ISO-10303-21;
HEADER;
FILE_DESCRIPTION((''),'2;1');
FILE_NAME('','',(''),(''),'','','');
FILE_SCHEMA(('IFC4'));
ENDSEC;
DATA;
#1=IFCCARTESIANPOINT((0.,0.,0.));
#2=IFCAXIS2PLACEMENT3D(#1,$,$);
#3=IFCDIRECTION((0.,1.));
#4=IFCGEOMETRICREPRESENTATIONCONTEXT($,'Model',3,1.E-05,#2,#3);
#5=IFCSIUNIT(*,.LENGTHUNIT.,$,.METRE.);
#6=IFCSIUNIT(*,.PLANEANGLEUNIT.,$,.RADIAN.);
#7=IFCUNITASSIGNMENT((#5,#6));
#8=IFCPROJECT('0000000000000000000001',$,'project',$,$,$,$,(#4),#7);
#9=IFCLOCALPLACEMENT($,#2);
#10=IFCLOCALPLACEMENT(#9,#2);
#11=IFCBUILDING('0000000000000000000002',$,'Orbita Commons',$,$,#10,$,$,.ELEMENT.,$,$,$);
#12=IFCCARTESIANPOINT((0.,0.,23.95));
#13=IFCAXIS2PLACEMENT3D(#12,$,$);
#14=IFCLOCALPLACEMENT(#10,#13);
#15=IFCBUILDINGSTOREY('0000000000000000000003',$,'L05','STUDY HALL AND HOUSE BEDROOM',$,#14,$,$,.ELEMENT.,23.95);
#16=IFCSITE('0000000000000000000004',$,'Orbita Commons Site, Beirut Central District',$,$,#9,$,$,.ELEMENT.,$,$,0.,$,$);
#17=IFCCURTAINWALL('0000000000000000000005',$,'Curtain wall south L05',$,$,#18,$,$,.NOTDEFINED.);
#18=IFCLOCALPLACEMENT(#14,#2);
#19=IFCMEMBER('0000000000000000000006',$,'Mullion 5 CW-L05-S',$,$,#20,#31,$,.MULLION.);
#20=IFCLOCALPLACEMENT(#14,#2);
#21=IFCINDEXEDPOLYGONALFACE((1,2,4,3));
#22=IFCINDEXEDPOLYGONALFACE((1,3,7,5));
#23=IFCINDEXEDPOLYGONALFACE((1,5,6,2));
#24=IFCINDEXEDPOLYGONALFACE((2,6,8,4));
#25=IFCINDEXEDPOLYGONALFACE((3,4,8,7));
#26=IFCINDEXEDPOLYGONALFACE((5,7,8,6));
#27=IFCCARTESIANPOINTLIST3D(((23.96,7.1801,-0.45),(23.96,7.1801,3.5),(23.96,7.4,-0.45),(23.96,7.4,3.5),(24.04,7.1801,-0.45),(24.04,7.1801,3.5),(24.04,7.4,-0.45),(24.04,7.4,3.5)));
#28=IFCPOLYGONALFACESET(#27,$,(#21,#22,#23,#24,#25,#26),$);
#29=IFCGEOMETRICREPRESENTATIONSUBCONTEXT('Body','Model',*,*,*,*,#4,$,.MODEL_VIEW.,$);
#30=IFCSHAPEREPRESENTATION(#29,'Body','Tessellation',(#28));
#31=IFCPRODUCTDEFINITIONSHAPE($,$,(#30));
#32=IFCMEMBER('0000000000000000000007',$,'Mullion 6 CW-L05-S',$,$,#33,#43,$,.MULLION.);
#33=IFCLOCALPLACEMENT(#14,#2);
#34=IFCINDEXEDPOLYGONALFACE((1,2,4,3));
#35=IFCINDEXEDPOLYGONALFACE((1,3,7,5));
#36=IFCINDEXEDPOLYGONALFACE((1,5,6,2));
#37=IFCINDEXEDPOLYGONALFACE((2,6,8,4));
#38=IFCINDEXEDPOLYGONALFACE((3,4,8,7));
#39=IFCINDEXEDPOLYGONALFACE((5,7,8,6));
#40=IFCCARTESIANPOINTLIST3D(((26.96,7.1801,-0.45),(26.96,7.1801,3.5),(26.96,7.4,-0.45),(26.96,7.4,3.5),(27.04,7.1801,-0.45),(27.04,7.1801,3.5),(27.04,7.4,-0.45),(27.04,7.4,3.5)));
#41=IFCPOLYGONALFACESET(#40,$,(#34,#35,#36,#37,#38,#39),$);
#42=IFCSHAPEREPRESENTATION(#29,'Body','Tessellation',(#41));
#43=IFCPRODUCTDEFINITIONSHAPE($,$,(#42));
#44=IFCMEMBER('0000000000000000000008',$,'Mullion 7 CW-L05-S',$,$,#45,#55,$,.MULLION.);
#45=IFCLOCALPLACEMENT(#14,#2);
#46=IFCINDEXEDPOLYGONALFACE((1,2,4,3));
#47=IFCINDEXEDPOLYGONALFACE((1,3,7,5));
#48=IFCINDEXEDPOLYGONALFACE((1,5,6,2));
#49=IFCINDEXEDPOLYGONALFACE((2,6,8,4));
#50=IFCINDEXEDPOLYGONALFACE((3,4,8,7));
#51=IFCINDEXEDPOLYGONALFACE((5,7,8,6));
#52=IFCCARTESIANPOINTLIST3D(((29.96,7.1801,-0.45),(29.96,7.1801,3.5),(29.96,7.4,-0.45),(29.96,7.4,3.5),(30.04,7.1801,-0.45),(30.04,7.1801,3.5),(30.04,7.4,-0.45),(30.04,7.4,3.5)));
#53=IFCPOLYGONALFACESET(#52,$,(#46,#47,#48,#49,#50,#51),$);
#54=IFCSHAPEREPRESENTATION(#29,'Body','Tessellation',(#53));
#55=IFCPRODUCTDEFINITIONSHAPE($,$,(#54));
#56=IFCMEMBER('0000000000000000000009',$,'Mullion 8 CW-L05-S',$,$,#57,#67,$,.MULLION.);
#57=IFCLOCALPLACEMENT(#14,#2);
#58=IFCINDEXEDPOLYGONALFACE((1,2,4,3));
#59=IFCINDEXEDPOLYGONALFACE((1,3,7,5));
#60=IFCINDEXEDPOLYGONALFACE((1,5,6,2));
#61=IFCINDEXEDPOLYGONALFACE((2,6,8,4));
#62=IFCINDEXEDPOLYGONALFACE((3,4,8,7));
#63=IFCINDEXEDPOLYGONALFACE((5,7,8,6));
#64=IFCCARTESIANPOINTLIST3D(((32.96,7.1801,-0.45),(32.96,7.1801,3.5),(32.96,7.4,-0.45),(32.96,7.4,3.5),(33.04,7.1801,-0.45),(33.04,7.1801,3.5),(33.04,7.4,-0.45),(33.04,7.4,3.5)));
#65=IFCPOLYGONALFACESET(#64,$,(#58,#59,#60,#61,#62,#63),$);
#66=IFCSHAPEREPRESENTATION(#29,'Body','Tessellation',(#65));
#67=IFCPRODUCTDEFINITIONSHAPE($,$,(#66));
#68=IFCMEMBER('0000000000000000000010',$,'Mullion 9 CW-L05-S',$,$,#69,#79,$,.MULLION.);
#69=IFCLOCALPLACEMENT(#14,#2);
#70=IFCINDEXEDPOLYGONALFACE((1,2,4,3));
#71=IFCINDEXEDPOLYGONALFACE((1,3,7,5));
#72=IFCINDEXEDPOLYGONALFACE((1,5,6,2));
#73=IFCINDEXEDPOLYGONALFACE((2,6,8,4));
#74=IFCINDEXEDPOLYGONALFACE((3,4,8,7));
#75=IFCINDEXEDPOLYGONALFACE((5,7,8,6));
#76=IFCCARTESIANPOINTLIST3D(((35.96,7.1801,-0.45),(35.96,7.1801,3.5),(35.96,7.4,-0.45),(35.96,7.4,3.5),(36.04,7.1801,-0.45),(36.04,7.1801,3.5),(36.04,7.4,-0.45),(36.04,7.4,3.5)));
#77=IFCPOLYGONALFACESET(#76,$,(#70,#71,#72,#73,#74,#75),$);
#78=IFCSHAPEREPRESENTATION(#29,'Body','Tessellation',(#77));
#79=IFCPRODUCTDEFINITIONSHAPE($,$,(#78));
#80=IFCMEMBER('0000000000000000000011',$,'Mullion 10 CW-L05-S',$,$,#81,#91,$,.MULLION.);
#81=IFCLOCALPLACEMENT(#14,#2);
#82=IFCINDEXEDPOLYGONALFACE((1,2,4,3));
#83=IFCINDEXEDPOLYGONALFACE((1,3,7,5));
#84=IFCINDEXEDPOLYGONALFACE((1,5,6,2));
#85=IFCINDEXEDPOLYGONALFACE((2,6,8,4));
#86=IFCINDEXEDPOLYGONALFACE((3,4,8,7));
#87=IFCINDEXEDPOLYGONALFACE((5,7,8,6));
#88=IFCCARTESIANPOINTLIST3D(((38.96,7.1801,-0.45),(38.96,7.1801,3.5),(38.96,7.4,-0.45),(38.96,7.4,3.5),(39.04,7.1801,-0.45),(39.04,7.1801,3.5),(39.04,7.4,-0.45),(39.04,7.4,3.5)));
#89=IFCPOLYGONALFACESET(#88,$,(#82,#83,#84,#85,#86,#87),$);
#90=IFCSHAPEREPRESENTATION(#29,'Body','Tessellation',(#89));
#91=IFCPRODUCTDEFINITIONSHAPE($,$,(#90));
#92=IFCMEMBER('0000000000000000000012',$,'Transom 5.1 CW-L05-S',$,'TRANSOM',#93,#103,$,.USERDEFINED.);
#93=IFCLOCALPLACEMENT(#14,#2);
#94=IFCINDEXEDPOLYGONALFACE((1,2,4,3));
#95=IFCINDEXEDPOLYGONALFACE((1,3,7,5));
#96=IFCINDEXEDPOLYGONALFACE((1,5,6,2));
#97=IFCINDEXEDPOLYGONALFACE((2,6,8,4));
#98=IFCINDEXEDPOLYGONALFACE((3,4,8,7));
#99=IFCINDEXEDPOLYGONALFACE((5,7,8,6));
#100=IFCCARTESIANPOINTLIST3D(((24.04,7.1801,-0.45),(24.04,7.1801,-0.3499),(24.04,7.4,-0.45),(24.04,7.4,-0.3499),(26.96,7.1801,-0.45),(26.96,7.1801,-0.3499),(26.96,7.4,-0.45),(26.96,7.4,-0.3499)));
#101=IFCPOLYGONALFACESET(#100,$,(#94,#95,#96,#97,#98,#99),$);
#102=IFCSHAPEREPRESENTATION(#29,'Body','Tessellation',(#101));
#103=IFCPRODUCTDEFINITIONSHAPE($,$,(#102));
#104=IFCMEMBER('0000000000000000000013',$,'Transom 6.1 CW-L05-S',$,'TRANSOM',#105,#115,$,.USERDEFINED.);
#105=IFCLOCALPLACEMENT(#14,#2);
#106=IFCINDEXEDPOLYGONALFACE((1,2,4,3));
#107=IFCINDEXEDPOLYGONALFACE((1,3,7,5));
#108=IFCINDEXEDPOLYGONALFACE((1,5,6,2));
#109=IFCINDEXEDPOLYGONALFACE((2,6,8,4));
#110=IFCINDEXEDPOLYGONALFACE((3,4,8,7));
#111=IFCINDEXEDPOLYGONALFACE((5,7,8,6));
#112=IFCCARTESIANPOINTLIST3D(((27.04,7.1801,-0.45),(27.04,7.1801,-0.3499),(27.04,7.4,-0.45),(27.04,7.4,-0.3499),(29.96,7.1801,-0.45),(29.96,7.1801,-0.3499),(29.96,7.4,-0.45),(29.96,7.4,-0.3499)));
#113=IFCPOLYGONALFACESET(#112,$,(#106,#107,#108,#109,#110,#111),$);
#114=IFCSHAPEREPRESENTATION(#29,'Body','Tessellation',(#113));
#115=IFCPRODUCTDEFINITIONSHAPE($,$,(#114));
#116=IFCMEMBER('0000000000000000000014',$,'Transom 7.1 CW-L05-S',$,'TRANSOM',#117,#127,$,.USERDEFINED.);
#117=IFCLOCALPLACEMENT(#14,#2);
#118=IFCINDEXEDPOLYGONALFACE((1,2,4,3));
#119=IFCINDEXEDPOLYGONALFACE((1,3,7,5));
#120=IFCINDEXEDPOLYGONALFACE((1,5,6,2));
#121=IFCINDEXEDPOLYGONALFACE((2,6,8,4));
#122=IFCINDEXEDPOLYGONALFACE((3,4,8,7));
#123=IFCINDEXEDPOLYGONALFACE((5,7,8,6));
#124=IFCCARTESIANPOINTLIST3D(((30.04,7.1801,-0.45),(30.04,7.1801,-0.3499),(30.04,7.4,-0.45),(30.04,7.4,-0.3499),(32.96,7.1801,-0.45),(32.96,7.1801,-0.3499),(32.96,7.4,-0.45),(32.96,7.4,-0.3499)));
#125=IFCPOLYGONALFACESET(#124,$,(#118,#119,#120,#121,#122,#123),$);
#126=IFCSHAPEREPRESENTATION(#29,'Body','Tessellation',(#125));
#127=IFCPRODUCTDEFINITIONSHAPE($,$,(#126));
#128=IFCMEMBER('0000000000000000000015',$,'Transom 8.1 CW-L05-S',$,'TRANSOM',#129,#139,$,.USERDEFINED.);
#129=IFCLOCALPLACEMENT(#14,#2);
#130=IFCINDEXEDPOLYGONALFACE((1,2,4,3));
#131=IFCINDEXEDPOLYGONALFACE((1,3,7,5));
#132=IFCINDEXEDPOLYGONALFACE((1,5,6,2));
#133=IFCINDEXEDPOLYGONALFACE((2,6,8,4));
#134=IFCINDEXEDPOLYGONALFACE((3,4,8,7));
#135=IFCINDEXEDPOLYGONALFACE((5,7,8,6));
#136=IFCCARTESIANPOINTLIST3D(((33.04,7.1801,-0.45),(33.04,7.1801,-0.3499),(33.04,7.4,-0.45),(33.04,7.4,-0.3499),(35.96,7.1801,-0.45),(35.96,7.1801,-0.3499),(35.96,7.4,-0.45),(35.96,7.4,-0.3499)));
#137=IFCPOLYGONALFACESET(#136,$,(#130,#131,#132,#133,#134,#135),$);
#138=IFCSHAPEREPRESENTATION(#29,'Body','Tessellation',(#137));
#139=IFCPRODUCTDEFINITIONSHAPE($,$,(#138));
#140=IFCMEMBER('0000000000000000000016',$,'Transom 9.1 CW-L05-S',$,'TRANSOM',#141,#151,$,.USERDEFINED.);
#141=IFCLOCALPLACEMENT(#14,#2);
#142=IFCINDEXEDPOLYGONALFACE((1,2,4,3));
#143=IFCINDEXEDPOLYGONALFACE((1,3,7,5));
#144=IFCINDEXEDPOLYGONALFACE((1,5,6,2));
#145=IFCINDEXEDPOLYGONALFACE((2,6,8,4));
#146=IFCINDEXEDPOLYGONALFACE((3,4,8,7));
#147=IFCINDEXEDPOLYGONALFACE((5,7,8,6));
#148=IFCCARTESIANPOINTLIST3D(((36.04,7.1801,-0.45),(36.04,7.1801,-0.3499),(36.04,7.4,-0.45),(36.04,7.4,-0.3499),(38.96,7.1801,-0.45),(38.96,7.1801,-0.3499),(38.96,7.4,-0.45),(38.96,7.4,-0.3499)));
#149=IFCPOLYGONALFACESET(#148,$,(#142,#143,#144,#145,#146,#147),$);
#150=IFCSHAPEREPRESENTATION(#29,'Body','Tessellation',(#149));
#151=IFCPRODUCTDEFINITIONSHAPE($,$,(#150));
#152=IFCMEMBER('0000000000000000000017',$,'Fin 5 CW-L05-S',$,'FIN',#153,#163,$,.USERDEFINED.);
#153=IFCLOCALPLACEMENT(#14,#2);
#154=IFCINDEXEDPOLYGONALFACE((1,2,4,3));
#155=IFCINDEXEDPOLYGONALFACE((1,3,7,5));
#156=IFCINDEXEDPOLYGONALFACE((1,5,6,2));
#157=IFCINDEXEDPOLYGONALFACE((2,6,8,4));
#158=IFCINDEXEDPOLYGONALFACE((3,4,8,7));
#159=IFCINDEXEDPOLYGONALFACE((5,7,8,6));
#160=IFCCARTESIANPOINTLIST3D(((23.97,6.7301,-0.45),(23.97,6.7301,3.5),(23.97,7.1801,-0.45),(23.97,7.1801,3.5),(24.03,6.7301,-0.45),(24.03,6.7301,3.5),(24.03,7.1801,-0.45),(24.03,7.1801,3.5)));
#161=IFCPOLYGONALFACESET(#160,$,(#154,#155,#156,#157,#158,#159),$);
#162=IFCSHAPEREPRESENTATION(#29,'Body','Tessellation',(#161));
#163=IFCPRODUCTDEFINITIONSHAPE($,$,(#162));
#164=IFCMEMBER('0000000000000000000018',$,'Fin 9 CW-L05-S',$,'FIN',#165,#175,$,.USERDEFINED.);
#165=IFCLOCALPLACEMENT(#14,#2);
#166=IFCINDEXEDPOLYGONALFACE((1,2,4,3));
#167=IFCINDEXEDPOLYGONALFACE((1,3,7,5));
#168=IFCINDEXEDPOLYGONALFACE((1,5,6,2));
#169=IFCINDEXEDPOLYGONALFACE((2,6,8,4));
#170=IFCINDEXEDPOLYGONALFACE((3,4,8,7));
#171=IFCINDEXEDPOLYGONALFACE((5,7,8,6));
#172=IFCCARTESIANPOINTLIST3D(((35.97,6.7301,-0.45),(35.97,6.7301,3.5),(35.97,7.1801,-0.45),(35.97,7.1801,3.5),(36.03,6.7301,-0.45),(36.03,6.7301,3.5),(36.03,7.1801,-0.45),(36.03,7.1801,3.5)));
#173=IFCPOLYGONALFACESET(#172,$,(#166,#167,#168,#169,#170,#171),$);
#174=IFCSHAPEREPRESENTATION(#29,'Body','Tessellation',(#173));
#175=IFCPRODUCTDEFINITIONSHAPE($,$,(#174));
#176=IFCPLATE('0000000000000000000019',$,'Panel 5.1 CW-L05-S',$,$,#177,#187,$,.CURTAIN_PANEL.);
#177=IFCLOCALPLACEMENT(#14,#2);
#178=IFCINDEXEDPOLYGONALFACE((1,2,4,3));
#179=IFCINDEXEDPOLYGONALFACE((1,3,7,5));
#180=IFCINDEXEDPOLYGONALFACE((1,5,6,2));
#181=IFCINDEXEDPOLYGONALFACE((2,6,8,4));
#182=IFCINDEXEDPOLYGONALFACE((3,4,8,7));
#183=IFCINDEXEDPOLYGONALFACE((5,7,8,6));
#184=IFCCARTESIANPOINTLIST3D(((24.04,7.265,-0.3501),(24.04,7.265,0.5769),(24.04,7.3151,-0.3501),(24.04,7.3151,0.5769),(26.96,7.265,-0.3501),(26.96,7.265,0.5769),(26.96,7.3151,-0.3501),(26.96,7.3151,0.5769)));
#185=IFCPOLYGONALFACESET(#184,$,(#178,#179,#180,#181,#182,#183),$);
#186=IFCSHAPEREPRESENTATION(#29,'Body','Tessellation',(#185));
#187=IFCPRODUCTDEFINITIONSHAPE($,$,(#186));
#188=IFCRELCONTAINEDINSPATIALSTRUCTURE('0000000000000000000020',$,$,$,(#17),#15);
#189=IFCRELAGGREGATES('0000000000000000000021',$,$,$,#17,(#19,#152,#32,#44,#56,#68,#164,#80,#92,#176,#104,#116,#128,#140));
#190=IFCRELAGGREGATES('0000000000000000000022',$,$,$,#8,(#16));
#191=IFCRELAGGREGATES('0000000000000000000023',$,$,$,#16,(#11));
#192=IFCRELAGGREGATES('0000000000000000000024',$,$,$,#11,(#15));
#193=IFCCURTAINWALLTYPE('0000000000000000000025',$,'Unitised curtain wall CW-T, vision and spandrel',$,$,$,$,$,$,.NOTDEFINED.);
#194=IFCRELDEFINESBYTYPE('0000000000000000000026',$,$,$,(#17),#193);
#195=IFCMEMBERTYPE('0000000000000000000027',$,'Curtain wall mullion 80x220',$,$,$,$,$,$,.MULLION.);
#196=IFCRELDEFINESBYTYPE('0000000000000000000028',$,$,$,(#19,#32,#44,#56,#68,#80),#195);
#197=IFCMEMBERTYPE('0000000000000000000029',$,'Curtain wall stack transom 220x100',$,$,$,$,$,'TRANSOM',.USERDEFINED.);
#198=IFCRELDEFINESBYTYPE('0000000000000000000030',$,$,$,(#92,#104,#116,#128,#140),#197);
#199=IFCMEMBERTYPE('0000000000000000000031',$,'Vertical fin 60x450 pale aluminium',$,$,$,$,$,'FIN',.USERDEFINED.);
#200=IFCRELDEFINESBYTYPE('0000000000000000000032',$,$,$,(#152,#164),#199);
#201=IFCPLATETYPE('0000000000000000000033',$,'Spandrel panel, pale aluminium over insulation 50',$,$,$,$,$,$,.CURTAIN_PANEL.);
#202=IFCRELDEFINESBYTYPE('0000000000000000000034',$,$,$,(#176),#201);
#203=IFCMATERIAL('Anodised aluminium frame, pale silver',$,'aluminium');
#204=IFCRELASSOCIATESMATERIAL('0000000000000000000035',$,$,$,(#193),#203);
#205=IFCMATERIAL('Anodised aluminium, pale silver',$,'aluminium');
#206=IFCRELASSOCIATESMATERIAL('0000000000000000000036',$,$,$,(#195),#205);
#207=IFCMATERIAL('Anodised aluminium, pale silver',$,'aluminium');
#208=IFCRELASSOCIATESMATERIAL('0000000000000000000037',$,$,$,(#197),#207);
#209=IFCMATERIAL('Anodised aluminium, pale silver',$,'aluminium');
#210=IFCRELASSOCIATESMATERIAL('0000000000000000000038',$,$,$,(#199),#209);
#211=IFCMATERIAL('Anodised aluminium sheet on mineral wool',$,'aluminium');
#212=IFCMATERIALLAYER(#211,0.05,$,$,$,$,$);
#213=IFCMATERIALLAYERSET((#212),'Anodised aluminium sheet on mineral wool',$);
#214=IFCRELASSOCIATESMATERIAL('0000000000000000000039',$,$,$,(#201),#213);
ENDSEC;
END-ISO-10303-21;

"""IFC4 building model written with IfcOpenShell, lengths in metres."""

from ifc_helpers import new_model, si_unit, direction, frame, origin, origin_2d, place, context, subcontext, project, spatial, rectangle, extrude, material, layer, layer_set, material_profile, profile_set, type_object, element, aggregate, save


model = new_model("IFC4")

# Units and contexts
model_context = context("Model", 3, precision=1e-05, world=origin(), true_north=direction((0.0, 1.0)))
body_context = subcontext(model_context, "Body", "Model", "MODEL_VIEW")
ifc_project = project(units=[si_unit("LENGTHUNIT", "METRE"), si_unit("PLANEANGLEUNIT", "RADIAN")], contexts=[model_context])

# Site, building, storey
site_placement = place(None, origin())
site = spatial("IfcSite", under=ifc_project, at=site_placement, Name="Orbita Commons Site, Beirut Central District", CompositionType="ELEMENT", RefElevation=0.0)
building_placement = place(site_placement, origin())
building = spatial("IfcBuilding", under=site, at=building_placement, Name="Orbita Commons", CompositionType="ELEMENT")
storey_placement = place(building_placement, frame((0.0, 0.0, 23.95)))
storey = spatial("IfcBuildingStorey", under=building, at=storey_placement, Name="L05", Description="STUDY HALL AND HOUSE BEDROOM", CompositionType="ELEMENT", Elevation=23.95)

# Curtain wall, members, plate
ifc_material_1 = material(Name="Anodised aluminium frame, pale silver", Category="aluminium")
curtain_wall_type = type_object("IfcCurtainWallType", Name="Unitised curtain wall CW-T, vision and spandrel", PredefinedType="NOTDEFINED", material=ifc_material_1)
curtain_wall_placement = place(storey_placement, origin())
curtain_wall = element("IfcCurtainWall", 1, at=curtain_wall_placement, inside=storey, type_object=curtain_wall_type, Name="Curtain wall south L05", PredefinedType="NOTDEFINED")
ifc_material_2 = material(Name="Anodised aluminium, pale silver", Category="aluminium")
ifc_material_profile_1 = material_profile(ifc_material_2, rectangle(XDim=0.0801, YDim=0.22, at=origin_2d()), Name="AL 80x220")
ifc_profile_set_1 = profile_set([ifc_material_profile_1], Name="Anodised aluminium, pale silver")
member_type_1 = type_object("IfcMemberType", Name="Curtain wall mullion 80x220", PredefinedType="MULLION", material=ifc_profile_set_1)
member_1_placement = place(storey_placement, frame((24.0, 7.29, -0.45), z_axis=(0.0, 0.0, 1.0), x_axis=(1.0, 0.0, 0.0)))
member_1 = element("IfcMember", 2, at=member_1_placement, type_object=member_type_1, Name="Mullion 5 CW-L05-S", PredefinedType="MULLION", context=body_context, shape_type="SweptSolid", body=[
    extrude(rectangle(XDim=0.0801, YDim=0.22, at=origin_2d()), origin(), (0.0, 0.0, 1.0), 3.95),
])
member_2_placement = place(storey_placement, frame((27.0, 7.29, -0.45), z_axis=(0.0, 0.0, 1.0), x_axis=(1.0, 0.0, 0.0)))
member_2 = element("IfcMember", 3, at=member_2_placement, type_object=member_type_1, Name="Mullion 6 CW-L05-S", PredefinedType="MULLION", context=body_context, shape_type="SweptSolid", body=[
    extrude(rectangle(XDim=0.0801, YDim=0.22, at=origin_2d()), origin(), (0.0, 0.0, 1.0), 3.95),
])
member_3_placement = place(storey_placement, frame((30.0, 7.29, -0.45), z_axis=(0.0, 0.0, 1.0), x_axis=(1.0, 0.0, 0.0)))
member_3 = element("IfcMember", 4, at=member_3_placement, type_object=member_type_1, Name="Mullion 7 CW-L05-S", PredefinedType="MULLION", context=body_context, shape_type="SweptSolid", body=[
    extrude(rectangle(XDim=0.0801, YDim=0.22, at=origin_2d()), origin(), (0.0, 0.0, 1.0), 3.95),
])
member_4_placement = place(storey_placement, frame((33.0, 7.29, -0.45), z_axis=(0.0, 0.0, 1.0), x_axis=(1.0, 0.0, 0.0)))
member_4 = element("IfcMember", 5, at=member_4_placement, type_object=member_type_1, Name="Mullion 8 CW-L05-S", PredefinedType="MULLION", context=body_context, shape_type="SweptSolid", body=[
    extrude(rectangle(XDim=0.0801, YDim=0.22, at=origin_2d()), origin(), (0.0, 0.0, 1.0), 3.95),
])
member_5_placement = place(storey_placement, frame((36.0, 7.29, -0.45), z_axis=(0.0, 0.0, 1.0), x_axis=(1.0, 0.0, 0.0)))
member_5 = element("IfcMember", 6, at=member_5_placement, type_object=member_type_1, Name="Mullion 9 CW-L05-S", PredefinedType="MULLION", context=body_context, shape_type="SweptSolid", body=[
    extrude(rectangle(XDim=0.0801, YDim=0.22, at=origin_2d()), origin(), (0.0, 0.0, 1.0), 3.95),
])
member_6_placement = place(storey_placement, frame((39.0, 7.29, -0.45), z_axis=(0.0, 0.0, 1.0), x_axis=(1.0, 0.0, 0.0)))
member_6 = element("IfcMember", 7, at=member_6_placement, type_object=member_type_1, Name="Mullion 10 CW-L05-S", PredefinedType="MULLION", context=body_context, shape_type="SweptSolid", body=[
    extrude(rectangle(XDim=0.0801, YDim=0.22, at=origin_2d()), origin(), (0.0, 0.0, 1.0), 3.95),
])
ifc_material_3 = material(Name="Anodised aluminium, pale silver", Category="aluminium")
ifc_material_profile_2 = material_profile(ifc_material_3, rectangle(XDim=0.22, YDim=0.1001, at=origin_2d()), Name="AL 220x100")
ifc_profile_set_2 = profile_set([ifc_material_profile_2], Name="Anodised aluminium, pale silver")
member_type_2 = type_object("IfcMemberType", Name="Curtain wall stack transom 220x100", ElementType="TRANSOM", PredefinedType="USERDEFINED", material=ifc_profile_set_2)
member_7_placement = place(storey_placement, frame((24.04, 7.29, -0.3999), z_axis=(1.0, 0.0, 0.0), x_axis=(0.0, 1.0, 0.0)))
member_7 = element("IfcMember", 8, at=member_7_placement, type_object=member_type_2, Name="Transom 5.1 CW-L05-S", ObjectType="TRANSOM", PredefinedType="USERDEFINED", context=body_context, shape_type="SweptSolid", body=[
    extrude(rectangle(XDim=0.22, YDim=0.1001, at=origin_2d()), origin(), (0.0, 0.0, 1.0), 2.9199),
])
member_8_placement = place(storey_placement, frame((27.04, 7.29, -0.3999), z_axis=(1.0, 0.0, 0.0), x_axis=(0.0, 1.0, 0.0)))
member_8 = element("IfcMember", 9, at=member_8_placement, type_object=member_type_2, Name="Transom 6.1 CW-L05-S", ObjectType="TRANSOM", PredefinedType="USERDEFINED", context=body_context, shape_type="SweptSolid", body=[
    extrude(rectangle(XDim=0.22, YDim=0.1001, at=origin_2d()), origin(), (0.0, 0.0, 1.0), 2.9199),
])
member_9_placement = place(storey_placement, frame((30.04, 7.29, -0.3999), z_axis=(1.0, 0.0, 0.0), x_axis=(0.0, 1.0, 0.0)))
member_9 = element("IfcMember", 10, at=member_9_placement, type_object=member_type_2, Name="Transom 7.1 CW-L05-S", ObjectType="TRANSOM", PredefinedType="USERDEFINED", context=body_context, shape_type="SweptSolid", body=[
    extrude(rectangle(XDim=0.22, YDim=0.1001, at=origin_2d()), origin(), (0.0, 0.0, 1.0), 2.9199),
])
member_10_placement = place(storey_placement, frame((33.04, 7.29, -0.3999), z_axis=(1.0, 0.0, 0.0), x_axis=(0.0, 1.0, 0.0)))
member_10 = element("IfcMember", 11, at=member_10_placement, type_object=member_type_2, Name="Transom 8.1 CW-L05-S", ObjectType="TRANSOM", PredefinedType="USERDEFINED", context=body_context, shape_type="SweptSolid", body=[
    extrude(rectangle(XDim=0.22, YDim=0.1001, at=origin_2d()), origin(), (0.0, 0.0, 1.0), 2.9199),
])
member_11_placement = place(storey_placement, frame((36.04, 7.29, -0.3999), z_axis=(1.0, 0.0, 0.0), x_axis=(0.0, 1.0, 0.0)))
member_11 = element("IfcMember", 12, at=member_11_placement, type_object=member_type_2, Name="Transom 9.1 CW-L05-S", ObjectType="TRANSOM", PredefinedType="USERDEFINED", context=body_context, shape_type="SweptSolid", body=[
    extrude(rectangle(XDim=0.22, YDim=0.1001, at=origin_2d()), origin(), (0.0, 0.0, 1.0), 2.9199),
])
ifc_material_4 = material(Name="Anodised aluminium, pale silver", Category="aluminium")
ifc_material_profile_3 = material_profile(ifc_material_4, rectangle(XDim=0.0601, YDim=0.45, at=origin_2d()), Name="FIN 60x450")
ifc_profile_set_3 = profile_set([ifc_material_profile_3], Name="Anodised aluminium, pale silver")
member_type_3 = type_object("IfcMemberType", Name="Vertical fin 60x450 pale aluminium", ElementType="FIN", PredefinedType="USERDEFINED", material=ifc_profile_set_3)
member_12_placement = place(storey_placement, frame((24.0, 6.9551, -0.45), z_axis=(0.0, 0.0, 1.0), x_axis=(1.0, 0.0, 0.0)))
member_12 = element("IfcMember", 13, at=member_12_placement, type_object=member_type_3, Name="Fin 5 CW-L05-S", ObjectType="FIN", PredefinedType="USERDEFINED", context=body_context, shape_type="SweptSolid", body=[
    extrude(rectangle(XDim=0.0601, YDim=0.45, at=origin_2d()), origin(), (0.0, 0.0, 1.0), 3.95),
])
member_13_placement = place(storey_placement, frame((36.0, 6.9551, -0.45), z_axis=(0.0, 0.0, 1.0), x_axis=(1.0, 0.0, 0.0)))
member_13 = element("IfcMember", 14, at=member_13_placement, type_object=member_type_3, Name="Fin 9 CW-L05-S", ObjectType="FIN", PredefinedType="USERDEFINED", context=body_context, shape_type="SweptSolid", body=[
    extrude(rectangle(XDim=0.0601, YDim=0.45, at=origin_2d()), origin(), (0.0, 0.0, 1.0), 3.95),
])
ifc_material_5 = material(Name="Anodised aluminium sheet on mineral wool", Category="aluminium")
ifc_layer_1 = layer(ifc_material_5, 0.05)
ifc_layer_set_1 = layer_set([ifc_layer_1], Name="Anodised aluminium sheet on mineral wool")
plate_type_1 = type_object("IfcPlateType", Name="Spandrel panel, pale aluminium over insulation 50", PredefinedType="CURTAIN_PANEL", material=ifc_layer_set_1)
plate_1_placement = place(storey_placement, frame((25.5, 7.29, -0.3501), z_axis=(0.0, 0.0, 1.0), x_axis=(1.0, 0.0, 0.0)))
plate_1 = element("IfcPlate", 15, at=plate_1_placement, type_object=plate_type_1, Name="Panel 5.1 CW-L05-S", PredefinedType="CURTAIN_PANEL", context=body_context, shape_type="SweptSolid", body=[
    extrude(rectangle(XDim=2.9199, YDim=0.05, at=origin_2d()), origin(), (0.0, 0.0, 1.0), 0.927),
])
aggregate(curtain_wall, [member_1, member_12, member_2, member_3, member_4, member_5, member_13, member_6, member_7, plate_1, member_8, member_9, member_10, member_11])

save(model, "model.ifc")
